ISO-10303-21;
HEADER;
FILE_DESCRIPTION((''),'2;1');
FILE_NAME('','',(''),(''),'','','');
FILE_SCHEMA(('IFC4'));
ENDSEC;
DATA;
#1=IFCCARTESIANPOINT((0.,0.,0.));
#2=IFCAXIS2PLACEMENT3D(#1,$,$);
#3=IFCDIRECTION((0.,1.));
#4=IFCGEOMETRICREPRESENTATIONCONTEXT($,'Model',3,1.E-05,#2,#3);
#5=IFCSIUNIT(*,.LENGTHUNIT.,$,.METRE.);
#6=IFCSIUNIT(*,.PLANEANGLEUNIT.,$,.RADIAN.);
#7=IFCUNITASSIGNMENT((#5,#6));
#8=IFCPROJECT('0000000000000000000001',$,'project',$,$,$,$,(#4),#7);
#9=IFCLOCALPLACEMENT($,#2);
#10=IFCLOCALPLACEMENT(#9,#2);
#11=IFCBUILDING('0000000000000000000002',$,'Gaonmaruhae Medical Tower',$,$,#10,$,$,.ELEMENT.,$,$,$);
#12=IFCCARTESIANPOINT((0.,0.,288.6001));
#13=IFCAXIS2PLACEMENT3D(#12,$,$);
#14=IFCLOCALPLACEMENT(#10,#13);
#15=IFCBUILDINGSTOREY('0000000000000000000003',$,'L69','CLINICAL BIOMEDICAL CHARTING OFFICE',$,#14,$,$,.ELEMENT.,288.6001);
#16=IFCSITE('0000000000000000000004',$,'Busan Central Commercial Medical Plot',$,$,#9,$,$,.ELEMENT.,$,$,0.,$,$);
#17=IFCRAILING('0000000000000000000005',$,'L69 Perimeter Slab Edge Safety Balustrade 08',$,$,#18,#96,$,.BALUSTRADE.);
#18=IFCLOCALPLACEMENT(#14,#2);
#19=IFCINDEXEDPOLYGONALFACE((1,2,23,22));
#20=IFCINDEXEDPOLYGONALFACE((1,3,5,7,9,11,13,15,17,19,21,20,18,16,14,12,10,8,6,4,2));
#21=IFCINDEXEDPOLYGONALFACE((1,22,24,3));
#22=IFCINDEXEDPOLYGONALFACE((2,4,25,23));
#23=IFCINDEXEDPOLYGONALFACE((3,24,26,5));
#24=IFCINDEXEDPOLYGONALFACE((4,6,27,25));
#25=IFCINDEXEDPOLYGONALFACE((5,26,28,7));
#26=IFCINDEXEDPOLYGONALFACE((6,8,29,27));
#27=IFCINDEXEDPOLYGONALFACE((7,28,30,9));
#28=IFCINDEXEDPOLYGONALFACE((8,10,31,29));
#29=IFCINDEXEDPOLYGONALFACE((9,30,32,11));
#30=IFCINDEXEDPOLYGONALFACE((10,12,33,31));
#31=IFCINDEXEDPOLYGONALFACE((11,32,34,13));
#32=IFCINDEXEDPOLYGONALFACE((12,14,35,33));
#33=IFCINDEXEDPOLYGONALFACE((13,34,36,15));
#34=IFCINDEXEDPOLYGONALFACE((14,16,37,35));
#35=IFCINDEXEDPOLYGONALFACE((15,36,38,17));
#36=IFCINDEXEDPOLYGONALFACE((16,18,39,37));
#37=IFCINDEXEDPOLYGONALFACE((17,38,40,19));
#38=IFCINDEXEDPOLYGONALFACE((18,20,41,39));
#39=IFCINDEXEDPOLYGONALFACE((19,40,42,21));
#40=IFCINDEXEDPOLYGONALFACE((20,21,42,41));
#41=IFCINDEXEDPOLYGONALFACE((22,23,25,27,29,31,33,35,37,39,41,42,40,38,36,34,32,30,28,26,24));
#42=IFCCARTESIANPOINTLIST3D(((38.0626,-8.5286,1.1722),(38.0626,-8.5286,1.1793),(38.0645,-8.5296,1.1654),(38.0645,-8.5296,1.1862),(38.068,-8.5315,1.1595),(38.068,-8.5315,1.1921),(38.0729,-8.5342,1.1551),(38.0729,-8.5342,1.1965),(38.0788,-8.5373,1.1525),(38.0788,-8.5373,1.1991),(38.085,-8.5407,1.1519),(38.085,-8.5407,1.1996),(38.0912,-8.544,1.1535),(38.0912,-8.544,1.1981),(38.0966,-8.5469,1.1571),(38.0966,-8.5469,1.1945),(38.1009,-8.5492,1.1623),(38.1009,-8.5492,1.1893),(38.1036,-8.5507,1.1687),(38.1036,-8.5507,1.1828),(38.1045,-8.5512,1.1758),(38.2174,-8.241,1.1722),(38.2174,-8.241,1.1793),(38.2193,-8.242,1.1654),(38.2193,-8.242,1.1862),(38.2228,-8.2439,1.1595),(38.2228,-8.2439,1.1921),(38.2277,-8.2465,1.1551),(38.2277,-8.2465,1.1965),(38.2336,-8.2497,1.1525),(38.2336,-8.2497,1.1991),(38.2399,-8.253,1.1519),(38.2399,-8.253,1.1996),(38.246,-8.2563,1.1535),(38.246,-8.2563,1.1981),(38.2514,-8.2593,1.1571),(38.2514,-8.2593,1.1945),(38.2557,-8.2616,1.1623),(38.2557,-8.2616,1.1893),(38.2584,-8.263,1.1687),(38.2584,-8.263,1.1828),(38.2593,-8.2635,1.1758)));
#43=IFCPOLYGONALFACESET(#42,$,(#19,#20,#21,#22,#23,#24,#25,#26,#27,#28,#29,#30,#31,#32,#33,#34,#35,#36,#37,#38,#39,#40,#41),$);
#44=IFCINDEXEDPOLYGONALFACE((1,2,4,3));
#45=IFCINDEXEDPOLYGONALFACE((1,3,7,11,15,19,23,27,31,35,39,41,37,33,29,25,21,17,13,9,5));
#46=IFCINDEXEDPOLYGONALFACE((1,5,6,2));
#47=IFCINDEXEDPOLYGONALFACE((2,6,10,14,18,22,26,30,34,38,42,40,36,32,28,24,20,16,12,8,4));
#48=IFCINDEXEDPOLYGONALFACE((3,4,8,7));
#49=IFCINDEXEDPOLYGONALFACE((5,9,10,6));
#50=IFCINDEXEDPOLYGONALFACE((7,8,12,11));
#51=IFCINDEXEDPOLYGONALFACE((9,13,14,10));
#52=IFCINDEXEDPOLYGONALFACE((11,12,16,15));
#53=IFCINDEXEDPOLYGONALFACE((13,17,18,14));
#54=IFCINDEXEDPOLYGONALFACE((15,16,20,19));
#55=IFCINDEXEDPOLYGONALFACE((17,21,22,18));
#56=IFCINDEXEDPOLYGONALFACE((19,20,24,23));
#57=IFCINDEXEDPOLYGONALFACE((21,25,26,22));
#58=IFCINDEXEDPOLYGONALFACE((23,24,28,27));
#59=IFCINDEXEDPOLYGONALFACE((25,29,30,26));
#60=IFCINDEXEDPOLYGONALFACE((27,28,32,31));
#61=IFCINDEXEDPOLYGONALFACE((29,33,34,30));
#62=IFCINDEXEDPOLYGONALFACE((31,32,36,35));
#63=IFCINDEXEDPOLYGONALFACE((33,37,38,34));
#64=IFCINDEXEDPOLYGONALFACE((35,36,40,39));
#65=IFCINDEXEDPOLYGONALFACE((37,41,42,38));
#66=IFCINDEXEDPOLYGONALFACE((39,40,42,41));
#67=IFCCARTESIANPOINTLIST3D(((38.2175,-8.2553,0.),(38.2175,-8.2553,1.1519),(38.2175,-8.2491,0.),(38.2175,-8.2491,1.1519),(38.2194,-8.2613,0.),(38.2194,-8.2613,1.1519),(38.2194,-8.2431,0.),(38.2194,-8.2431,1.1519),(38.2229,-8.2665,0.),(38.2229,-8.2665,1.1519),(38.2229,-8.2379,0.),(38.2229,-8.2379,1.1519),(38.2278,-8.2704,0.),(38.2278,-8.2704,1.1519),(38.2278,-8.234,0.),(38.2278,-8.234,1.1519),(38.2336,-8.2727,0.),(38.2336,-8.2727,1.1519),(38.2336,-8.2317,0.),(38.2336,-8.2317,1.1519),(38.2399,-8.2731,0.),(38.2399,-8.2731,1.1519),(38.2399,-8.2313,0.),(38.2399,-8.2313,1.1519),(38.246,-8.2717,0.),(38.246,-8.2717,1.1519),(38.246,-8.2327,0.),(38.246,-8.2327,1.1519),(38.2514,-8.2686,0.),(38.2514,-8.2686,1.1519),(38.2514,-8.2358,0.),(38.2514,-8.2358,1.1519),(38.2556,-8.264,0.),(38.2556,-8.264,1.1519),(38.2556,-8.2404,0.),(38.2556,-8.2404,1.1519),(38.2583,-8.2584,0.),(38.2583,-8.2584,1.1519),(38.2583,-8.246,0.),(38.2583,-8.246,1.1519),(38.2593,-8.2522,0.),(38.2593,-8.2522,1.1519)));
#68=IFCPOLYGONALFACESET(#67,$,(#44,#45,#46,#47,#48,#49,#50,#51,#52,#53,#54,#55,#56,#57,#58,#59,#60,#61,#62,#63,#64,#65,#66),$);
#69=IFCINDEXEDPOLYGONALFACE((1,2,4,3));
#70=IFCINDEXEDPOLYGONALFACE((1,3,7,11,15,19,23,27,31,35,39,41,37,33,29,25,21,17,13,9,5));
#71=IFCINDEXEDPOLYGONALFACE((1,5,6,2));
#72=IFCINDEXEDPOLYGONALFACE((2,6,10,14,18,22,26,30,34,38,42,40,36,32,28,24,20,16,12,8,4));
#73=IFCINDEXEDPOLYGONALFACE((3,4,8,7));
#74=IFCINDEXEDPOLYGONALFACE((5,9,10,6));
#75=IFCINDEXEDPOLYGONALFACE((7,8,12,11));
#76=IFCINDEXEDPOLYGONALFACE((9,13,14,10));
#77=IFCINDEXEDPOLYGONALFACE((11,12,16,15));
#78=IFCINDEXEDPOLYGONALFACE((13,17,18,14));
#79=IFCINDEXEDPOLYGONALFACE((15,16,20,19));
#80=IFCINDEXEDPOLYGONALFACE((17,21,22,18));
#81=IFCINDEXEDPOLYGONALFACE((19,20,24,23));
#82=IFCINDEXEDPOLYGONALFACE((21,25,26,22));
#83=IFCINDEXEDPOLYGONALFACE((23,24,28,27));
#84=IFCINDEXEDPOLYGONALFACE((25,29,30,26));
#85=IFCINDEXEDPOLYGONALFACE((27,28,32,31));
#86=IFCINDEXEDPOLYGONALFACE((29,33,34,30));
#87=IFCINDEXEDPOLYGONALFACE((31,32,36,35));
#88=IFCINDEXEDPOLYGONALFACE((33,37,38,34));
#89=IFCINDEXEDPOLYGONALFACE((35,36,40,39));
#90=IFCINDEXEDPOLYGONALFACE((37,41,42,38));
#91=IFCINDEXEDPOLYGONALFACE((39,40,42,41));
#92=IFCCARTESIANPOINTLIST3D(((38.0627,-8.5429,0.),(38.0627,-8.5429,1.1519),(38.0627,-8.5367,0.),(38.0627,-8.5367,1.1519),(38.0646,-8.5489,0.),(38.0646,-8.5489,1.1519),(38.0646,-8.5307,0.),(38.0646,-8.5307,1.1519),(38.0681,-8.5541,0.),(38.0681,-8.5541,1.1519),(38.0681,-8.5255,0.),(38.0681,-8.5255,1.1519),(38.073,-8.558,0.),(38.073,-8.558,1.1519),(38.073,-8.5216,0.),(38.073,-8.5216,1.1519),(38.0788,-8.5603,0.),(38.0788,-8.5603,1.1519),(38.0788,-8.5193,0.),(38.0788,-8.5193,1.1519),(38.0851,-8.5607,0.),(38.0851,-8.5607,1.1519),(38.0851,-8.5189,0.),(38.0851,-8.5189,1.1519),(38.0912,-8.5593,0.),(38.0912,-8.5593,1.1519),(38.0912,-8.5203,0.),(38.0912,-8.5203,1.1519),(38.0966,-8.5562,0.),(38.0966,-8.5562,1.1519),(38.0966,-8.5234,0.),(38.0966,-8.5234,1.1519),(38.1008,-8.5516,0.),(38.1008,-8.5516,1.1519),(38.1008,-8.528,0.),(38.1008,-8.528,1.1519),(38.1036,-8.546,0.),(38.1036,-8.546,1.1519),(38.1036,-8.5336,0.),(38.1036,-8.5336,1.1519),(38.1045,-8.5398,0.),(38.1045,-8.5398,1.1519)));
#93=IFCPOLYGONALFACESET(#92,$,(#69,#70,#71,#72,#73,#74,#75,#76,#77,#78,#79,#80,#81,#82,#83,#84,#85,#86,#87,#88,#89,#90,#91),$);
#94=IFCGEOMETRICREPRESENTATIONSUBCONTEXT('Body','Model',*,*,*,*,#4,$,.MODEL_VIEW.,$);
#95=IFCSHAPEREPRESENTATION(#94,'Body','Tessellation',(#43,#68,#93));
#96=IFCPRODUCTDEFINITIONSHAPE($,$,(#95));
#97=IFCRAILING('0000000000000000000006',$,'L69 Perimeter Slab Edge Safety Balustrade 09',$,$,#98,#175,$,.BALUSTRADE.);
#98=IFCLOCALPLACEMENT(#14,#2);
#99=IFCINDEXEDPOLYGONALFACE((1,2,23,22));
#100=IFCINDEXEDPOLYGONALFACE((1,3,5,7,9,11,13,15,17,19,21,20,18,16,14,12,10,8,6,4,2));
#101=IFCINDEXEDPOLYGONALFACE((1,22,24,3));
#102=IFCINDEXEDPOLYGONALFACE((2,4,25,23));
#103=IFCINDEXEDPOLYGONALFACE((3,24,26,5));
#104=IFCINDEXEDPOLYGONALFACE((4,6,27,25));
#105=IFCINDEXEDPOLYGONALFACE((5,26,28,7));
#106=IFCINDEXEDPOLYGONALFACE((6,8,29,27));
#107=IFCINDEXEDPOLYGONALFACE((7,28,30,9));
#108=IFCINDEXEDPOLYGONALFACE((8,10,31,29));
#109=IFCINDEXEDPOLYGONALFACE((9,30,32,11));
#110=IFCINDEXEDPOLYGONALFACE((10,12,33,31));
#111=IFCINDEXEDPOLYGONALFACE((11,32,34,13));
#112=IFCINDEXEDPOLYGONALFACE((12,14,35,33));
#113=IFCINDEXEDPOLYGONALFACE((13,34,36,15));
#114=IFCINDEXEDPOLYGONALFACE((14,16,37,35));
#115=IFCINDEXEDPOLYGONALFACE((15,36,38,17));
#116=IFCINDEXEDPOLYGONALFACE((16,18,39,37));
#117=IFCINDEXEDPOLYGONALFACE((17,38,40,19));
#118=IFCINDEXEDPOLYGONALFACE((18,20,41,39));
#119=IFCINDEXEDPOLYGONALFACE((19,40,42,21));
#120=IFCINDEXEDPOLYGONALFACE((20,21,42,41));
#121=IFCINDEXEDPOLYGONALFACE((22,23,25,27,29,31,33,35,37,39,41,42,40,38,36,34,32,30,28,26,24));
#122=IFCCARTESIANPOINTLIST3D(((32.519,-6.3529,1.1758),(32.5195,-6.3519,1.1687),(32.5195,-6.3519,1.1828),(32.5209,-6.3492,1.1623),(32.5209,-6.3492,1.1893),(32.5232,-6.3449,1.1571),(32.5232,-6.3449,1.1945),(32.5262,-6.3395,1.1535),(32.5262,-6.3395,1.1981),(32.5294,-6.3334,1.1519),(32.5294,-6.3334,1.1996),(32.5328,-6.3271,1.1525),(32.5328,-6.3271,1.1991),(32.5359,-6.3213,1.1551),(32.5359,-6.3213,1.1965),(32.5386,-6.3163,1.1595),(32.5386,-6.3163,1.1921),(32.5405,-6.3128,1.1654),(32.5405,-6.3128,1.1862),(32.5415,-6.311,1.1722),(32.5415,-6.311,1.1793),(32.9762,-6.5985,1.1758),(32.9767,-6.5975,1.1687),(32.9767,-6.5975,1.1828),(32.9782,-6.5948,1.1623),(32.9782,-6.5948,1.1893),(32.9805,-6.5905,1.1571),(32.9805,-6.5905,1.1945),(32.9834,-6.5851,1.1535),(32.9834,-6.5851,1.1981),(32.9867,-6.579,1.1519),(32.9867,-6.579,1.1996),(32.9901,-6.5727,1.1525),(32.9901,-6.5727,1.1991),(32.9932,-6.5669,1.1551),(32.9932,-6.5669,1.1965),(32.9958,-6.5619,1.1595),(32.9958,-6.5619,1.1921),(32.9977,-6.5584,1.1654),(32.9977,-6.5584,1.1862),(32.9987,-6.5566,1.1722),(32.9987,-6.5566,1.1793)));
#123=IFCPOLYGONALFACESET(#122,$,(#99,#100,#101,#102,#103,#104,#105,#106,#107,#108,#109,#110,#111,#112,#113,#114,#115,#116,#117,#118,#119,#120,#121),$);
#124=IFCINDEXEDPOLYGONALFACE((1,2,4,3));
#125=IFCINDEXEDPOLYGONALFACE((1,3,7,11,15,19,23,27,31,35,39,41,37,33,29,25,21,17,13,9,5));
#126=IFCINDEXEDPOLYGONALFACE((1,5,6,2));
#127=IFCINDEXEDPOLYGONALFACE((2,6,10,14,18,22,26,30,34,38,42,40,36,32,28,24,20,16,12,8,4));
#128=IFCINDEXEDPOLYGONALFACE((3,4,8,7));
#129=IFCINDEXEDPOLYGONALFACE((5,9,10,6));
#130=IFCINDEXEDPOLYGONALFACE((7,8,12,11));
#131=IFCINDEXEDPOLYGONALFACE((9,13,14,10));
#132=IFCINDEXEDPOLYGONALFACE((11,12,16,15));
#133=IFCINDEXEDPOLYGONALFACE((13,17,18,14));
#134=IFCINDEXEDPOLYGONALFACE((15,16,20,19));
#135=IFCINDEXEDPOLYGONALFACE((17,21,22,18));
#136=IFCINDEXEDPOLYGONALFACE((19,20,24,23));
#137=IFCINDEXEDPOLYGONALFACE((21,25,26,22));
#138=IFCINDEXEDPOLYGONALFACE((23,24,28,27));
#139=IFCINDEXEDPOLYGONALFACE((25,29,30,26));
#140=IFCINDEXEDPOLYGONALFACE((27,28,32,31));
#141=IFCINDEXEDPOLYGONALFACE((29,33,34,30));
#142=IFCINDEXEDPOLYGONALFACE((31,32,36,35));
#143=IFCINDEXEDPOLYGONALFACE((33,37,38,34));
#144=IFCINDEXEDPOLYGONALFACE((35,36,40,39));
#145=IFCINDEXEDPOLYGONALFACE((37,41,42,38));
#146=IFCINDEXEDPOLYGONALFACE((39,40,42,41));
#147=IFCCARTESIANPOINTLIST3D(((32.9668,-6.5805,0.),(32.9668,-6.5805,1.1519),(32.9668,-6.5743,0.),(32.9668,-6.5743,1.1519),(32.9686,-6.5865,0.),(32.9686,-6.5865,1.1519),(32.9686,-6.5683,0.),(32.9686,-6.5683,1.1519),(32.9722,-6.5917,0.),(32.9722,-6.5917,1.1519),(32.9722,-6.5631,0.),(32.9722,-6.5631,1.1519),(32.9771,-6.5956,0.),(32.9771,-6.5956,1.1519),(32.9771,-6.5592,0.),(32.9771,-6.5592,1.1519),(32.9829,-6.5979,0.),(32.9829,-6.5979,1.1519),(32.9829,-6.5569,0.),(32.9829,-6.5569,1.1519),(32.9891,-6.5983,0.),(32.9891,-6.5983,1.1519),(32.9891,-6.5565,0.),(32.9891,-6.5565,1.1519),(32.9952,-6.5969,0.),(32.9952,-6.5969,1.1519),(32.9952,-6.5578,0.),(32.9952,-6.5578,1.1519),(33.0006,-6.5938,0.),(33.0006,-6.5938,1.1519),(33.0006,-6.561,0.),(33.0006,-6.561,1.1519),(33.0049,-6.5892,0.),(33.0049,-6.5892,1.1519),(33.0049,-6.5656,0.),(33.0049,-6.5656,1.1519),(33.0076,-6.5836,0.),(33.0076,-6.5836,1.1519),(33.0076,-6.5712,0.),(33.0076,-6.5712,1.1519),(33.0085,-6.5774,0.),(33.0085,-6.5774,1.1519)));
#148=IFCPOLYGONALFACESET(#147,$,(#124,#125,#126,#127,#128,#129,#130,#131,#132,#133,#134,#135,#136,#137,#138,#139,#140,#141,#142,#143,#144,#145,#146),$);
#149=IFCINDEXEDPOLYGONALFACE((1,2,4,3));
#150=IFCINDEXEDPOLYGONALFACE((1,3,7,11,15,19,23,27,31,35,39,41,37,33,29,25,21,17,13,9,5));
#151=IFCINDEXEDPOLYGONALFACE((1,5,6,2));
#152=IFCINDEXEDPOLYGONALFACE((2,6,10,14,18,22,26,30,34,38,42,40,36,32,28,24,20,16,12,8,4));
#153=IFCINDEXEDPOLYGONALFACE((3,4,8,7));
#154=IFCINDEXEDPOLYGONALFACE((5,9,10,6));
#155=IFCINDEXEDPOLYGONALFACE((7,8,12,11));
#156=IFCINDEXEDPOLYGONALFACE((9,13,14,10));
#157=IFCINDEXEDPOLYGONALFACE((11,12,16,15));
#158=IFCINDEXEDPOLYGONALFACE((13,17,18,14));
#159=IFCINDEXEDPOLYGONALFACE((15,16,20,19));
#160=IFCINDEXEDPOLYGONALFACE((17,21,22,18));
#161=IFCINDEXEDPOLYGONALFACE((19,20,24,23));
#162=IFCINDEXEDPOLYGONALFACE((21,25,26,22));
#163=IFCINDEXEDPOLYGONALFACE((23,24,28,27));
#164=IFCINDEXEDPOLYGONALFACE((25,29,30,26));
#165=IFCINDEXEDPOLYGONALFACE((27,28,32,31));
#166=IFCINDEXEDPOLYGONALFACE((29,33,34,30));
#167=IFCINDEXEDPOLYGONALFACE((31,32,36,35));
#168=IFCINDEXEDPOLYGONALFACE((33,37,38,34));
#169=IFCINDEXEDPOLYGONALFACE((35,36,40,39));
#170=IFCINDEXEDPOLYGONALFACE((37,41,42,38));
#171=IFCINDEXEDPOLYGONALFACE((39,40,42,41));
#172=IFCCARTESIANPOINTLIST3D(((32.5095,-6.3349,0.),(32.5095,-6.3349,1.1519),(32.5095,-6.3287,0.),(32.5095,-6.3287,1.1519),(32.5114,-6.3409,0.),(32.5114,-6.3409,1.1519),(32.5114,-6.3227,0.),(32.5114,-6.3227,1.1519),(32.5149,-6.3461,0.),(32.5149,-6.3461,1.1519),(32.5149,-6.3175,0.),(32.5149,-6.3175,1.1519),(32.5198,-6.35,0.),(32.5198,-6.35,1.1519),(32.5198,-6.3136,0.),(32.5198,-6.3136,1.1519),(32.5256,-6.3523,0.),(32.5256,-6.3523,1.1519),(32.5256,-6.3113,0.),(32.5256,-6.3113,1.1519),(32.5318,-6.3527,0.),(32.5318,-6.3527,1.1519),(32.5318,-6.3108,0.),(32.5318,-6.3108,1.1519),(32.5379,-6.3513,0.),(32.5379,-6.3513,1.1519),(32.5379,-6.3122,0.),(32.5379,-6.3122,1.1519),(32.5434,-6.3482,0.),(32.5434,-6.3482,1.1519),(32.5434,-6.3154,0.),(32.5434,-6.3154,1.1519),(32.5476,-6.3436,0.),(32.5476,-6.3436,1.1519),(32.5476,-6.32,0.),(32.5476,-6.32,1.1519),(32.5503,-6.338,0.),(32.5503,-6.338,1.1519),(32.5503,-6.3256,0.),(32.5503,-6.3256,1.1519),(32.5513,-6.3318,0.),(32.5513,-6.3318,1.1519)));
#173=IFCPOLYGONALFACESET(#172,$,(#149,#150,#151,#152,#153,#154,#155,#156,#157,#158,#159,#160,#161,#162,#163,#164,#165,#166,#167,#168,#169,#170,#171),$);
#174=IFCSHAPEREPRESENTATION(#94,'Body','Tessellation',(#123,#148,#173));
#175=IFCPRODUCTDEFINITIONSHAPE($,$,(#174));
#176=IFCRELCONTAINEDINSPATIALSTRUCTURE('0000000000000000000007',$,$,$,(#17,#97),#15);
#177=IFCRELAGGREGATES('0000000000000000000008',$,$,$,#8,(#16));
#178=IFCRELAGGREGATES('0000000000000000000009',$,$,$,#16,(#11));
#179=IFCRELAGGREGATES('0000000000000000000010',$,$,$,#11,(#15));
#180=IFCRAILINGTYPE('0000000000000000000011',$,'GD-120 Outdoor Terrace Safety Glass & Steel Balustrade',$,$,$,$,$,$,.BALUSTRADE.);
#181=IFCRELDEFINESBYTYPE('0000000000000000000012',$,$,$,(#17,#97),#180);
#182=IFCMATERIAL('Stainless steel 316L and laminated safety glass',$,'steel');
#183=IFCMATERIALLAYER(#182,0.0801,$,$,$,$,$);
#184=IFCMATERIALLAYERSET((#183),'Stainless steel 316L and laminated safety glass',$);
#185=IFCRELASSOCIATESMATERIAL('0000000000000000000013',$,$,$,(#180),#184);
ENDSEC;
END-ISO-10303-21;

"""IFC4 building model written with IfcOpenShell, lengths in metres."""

from ifc_helpers import new_model, si_unit, direction, frame, origin, origin_2d, place, context, subcontext, project, spatial, circle, extrude, material, layer, layer_set, type_object, element, save


model = new_model("IFC4")

# Units and contexts
model_context = context("Model", 3, precision=1e-05, world=origin(), true_north=direction((0.0, 1.0)))
body_context = subcontext(model_context, "Body", "Model", "MODEL_VIEW")
ifc_project = project(units=[si_unit("LENGTHUNIT", "METRE"), si_unit("PLANEANGLEUNIT", "RADIAN")], contexts=[model_context])

# Site, building, storey
site_placement = place(None, origin())
site = spatial("IfcSite", under=ifc_project, at=site_placement, Name="Busan Central Commercial Medical Plot", CompositionType="ELEMENT", RefElevation=0.0)
building_placement = place(site_placement, origin())
building = spatial("IfcBuilding", under=site, at=building_placement, Name="Gaonmaruhae Medical Tower", CompositionType="ELEMENT")
storey_placement = place(building_placement, frame((0.0, 0.0, 288.6001)))
storey = spatial("IfcBuildingStorey", under=building, at=storey_placement, Name="L69", Description="CLINICAL BIOMEDICAL CHARTING OFFICE", CompositionType="ELEMENT", Elevation=288.6001)

# Railings
ifc_material_1 = material(Name="Stainless steel 316L and laminated safety glass", Category="steel")
ifc_layer_1 = layer(ifc_material_1, 0.0801)
ifc_layer_set_1 = layer_set([ifc_layer_1], Name="Stainless steel 316L and laminated safety glass")
railing_type = type_object("IfcRailingType", Name="GD-120 Outdoor Terrace Safety Glass & Steel Balustrade", PredefinedType="BALUSTRADE", material=ifc_layer_set_1)
railing_1_placement = place(storey_placement, frame((38.2383, -8.2522, 0.0)))
element("IfcRailing", 1, at=railing_1_placement, inside=storey, type_object=railing_type, Name="L69 Perimeter Slab Edge Safety Balustrade 08", PredefinedType="BALUSTRADE", context=body_context, shape_type="SweptSolid", body=[
    extrude(circle(Radius=0.0239, at=origin_2d()), frame((0.0, 0.0, 1.1758), z_axis=(-0.473922, -0.880567, 0.0), x_axis=(0.880567, -0.473922, 0.0)), (0.0, 0.0, 1.0), 0.3267),
    extrude(circle(Radius=0.021, at=origin_2d()), origin(), (0.0, 0.0, 1.0), 1.1519),
    extrude(circle(Radius=0.021, at=origin_2d()), frame((-0.1548, -0.2876, 0.0)), (0.0, 0.0, 1.0), 1.1519),
])
railing_2_placement = place(storey_placement, frame((32.9875, -6.5774, 0.0)))
element("IfcRailing", 2, at=railing_2_placement, inside=storey, type_object=railing_type, Name="L69 Perimeter Slab Edge Safety Balustrade 09", PredefinedType="BALUSTRADE", context=body_context, shape_type="SweptSolid", body=[
    extrude(circle(Radius=0.0239, at=origin_2d()), frame((0.0, 0.0, 1.1758), z_axis=(-0.880969, 0.473174, 0.0), x_axis=(-0.473174, -0.880969, 0.0)), (0.0, 0.0, 1.0), 0.519),
    extrude(circle(Radius=0.021, at=origin_2d()), origin(), (0.0, 0.0, 1.0), 1.1519),
    extrude(circle(Radius=0.021, at=origin_2d()), frame((-0.4573, 0.2456, 0.0)), (0.0, 0.0, 1.0), 1.1519),
])

save(model, "model.ifc")
